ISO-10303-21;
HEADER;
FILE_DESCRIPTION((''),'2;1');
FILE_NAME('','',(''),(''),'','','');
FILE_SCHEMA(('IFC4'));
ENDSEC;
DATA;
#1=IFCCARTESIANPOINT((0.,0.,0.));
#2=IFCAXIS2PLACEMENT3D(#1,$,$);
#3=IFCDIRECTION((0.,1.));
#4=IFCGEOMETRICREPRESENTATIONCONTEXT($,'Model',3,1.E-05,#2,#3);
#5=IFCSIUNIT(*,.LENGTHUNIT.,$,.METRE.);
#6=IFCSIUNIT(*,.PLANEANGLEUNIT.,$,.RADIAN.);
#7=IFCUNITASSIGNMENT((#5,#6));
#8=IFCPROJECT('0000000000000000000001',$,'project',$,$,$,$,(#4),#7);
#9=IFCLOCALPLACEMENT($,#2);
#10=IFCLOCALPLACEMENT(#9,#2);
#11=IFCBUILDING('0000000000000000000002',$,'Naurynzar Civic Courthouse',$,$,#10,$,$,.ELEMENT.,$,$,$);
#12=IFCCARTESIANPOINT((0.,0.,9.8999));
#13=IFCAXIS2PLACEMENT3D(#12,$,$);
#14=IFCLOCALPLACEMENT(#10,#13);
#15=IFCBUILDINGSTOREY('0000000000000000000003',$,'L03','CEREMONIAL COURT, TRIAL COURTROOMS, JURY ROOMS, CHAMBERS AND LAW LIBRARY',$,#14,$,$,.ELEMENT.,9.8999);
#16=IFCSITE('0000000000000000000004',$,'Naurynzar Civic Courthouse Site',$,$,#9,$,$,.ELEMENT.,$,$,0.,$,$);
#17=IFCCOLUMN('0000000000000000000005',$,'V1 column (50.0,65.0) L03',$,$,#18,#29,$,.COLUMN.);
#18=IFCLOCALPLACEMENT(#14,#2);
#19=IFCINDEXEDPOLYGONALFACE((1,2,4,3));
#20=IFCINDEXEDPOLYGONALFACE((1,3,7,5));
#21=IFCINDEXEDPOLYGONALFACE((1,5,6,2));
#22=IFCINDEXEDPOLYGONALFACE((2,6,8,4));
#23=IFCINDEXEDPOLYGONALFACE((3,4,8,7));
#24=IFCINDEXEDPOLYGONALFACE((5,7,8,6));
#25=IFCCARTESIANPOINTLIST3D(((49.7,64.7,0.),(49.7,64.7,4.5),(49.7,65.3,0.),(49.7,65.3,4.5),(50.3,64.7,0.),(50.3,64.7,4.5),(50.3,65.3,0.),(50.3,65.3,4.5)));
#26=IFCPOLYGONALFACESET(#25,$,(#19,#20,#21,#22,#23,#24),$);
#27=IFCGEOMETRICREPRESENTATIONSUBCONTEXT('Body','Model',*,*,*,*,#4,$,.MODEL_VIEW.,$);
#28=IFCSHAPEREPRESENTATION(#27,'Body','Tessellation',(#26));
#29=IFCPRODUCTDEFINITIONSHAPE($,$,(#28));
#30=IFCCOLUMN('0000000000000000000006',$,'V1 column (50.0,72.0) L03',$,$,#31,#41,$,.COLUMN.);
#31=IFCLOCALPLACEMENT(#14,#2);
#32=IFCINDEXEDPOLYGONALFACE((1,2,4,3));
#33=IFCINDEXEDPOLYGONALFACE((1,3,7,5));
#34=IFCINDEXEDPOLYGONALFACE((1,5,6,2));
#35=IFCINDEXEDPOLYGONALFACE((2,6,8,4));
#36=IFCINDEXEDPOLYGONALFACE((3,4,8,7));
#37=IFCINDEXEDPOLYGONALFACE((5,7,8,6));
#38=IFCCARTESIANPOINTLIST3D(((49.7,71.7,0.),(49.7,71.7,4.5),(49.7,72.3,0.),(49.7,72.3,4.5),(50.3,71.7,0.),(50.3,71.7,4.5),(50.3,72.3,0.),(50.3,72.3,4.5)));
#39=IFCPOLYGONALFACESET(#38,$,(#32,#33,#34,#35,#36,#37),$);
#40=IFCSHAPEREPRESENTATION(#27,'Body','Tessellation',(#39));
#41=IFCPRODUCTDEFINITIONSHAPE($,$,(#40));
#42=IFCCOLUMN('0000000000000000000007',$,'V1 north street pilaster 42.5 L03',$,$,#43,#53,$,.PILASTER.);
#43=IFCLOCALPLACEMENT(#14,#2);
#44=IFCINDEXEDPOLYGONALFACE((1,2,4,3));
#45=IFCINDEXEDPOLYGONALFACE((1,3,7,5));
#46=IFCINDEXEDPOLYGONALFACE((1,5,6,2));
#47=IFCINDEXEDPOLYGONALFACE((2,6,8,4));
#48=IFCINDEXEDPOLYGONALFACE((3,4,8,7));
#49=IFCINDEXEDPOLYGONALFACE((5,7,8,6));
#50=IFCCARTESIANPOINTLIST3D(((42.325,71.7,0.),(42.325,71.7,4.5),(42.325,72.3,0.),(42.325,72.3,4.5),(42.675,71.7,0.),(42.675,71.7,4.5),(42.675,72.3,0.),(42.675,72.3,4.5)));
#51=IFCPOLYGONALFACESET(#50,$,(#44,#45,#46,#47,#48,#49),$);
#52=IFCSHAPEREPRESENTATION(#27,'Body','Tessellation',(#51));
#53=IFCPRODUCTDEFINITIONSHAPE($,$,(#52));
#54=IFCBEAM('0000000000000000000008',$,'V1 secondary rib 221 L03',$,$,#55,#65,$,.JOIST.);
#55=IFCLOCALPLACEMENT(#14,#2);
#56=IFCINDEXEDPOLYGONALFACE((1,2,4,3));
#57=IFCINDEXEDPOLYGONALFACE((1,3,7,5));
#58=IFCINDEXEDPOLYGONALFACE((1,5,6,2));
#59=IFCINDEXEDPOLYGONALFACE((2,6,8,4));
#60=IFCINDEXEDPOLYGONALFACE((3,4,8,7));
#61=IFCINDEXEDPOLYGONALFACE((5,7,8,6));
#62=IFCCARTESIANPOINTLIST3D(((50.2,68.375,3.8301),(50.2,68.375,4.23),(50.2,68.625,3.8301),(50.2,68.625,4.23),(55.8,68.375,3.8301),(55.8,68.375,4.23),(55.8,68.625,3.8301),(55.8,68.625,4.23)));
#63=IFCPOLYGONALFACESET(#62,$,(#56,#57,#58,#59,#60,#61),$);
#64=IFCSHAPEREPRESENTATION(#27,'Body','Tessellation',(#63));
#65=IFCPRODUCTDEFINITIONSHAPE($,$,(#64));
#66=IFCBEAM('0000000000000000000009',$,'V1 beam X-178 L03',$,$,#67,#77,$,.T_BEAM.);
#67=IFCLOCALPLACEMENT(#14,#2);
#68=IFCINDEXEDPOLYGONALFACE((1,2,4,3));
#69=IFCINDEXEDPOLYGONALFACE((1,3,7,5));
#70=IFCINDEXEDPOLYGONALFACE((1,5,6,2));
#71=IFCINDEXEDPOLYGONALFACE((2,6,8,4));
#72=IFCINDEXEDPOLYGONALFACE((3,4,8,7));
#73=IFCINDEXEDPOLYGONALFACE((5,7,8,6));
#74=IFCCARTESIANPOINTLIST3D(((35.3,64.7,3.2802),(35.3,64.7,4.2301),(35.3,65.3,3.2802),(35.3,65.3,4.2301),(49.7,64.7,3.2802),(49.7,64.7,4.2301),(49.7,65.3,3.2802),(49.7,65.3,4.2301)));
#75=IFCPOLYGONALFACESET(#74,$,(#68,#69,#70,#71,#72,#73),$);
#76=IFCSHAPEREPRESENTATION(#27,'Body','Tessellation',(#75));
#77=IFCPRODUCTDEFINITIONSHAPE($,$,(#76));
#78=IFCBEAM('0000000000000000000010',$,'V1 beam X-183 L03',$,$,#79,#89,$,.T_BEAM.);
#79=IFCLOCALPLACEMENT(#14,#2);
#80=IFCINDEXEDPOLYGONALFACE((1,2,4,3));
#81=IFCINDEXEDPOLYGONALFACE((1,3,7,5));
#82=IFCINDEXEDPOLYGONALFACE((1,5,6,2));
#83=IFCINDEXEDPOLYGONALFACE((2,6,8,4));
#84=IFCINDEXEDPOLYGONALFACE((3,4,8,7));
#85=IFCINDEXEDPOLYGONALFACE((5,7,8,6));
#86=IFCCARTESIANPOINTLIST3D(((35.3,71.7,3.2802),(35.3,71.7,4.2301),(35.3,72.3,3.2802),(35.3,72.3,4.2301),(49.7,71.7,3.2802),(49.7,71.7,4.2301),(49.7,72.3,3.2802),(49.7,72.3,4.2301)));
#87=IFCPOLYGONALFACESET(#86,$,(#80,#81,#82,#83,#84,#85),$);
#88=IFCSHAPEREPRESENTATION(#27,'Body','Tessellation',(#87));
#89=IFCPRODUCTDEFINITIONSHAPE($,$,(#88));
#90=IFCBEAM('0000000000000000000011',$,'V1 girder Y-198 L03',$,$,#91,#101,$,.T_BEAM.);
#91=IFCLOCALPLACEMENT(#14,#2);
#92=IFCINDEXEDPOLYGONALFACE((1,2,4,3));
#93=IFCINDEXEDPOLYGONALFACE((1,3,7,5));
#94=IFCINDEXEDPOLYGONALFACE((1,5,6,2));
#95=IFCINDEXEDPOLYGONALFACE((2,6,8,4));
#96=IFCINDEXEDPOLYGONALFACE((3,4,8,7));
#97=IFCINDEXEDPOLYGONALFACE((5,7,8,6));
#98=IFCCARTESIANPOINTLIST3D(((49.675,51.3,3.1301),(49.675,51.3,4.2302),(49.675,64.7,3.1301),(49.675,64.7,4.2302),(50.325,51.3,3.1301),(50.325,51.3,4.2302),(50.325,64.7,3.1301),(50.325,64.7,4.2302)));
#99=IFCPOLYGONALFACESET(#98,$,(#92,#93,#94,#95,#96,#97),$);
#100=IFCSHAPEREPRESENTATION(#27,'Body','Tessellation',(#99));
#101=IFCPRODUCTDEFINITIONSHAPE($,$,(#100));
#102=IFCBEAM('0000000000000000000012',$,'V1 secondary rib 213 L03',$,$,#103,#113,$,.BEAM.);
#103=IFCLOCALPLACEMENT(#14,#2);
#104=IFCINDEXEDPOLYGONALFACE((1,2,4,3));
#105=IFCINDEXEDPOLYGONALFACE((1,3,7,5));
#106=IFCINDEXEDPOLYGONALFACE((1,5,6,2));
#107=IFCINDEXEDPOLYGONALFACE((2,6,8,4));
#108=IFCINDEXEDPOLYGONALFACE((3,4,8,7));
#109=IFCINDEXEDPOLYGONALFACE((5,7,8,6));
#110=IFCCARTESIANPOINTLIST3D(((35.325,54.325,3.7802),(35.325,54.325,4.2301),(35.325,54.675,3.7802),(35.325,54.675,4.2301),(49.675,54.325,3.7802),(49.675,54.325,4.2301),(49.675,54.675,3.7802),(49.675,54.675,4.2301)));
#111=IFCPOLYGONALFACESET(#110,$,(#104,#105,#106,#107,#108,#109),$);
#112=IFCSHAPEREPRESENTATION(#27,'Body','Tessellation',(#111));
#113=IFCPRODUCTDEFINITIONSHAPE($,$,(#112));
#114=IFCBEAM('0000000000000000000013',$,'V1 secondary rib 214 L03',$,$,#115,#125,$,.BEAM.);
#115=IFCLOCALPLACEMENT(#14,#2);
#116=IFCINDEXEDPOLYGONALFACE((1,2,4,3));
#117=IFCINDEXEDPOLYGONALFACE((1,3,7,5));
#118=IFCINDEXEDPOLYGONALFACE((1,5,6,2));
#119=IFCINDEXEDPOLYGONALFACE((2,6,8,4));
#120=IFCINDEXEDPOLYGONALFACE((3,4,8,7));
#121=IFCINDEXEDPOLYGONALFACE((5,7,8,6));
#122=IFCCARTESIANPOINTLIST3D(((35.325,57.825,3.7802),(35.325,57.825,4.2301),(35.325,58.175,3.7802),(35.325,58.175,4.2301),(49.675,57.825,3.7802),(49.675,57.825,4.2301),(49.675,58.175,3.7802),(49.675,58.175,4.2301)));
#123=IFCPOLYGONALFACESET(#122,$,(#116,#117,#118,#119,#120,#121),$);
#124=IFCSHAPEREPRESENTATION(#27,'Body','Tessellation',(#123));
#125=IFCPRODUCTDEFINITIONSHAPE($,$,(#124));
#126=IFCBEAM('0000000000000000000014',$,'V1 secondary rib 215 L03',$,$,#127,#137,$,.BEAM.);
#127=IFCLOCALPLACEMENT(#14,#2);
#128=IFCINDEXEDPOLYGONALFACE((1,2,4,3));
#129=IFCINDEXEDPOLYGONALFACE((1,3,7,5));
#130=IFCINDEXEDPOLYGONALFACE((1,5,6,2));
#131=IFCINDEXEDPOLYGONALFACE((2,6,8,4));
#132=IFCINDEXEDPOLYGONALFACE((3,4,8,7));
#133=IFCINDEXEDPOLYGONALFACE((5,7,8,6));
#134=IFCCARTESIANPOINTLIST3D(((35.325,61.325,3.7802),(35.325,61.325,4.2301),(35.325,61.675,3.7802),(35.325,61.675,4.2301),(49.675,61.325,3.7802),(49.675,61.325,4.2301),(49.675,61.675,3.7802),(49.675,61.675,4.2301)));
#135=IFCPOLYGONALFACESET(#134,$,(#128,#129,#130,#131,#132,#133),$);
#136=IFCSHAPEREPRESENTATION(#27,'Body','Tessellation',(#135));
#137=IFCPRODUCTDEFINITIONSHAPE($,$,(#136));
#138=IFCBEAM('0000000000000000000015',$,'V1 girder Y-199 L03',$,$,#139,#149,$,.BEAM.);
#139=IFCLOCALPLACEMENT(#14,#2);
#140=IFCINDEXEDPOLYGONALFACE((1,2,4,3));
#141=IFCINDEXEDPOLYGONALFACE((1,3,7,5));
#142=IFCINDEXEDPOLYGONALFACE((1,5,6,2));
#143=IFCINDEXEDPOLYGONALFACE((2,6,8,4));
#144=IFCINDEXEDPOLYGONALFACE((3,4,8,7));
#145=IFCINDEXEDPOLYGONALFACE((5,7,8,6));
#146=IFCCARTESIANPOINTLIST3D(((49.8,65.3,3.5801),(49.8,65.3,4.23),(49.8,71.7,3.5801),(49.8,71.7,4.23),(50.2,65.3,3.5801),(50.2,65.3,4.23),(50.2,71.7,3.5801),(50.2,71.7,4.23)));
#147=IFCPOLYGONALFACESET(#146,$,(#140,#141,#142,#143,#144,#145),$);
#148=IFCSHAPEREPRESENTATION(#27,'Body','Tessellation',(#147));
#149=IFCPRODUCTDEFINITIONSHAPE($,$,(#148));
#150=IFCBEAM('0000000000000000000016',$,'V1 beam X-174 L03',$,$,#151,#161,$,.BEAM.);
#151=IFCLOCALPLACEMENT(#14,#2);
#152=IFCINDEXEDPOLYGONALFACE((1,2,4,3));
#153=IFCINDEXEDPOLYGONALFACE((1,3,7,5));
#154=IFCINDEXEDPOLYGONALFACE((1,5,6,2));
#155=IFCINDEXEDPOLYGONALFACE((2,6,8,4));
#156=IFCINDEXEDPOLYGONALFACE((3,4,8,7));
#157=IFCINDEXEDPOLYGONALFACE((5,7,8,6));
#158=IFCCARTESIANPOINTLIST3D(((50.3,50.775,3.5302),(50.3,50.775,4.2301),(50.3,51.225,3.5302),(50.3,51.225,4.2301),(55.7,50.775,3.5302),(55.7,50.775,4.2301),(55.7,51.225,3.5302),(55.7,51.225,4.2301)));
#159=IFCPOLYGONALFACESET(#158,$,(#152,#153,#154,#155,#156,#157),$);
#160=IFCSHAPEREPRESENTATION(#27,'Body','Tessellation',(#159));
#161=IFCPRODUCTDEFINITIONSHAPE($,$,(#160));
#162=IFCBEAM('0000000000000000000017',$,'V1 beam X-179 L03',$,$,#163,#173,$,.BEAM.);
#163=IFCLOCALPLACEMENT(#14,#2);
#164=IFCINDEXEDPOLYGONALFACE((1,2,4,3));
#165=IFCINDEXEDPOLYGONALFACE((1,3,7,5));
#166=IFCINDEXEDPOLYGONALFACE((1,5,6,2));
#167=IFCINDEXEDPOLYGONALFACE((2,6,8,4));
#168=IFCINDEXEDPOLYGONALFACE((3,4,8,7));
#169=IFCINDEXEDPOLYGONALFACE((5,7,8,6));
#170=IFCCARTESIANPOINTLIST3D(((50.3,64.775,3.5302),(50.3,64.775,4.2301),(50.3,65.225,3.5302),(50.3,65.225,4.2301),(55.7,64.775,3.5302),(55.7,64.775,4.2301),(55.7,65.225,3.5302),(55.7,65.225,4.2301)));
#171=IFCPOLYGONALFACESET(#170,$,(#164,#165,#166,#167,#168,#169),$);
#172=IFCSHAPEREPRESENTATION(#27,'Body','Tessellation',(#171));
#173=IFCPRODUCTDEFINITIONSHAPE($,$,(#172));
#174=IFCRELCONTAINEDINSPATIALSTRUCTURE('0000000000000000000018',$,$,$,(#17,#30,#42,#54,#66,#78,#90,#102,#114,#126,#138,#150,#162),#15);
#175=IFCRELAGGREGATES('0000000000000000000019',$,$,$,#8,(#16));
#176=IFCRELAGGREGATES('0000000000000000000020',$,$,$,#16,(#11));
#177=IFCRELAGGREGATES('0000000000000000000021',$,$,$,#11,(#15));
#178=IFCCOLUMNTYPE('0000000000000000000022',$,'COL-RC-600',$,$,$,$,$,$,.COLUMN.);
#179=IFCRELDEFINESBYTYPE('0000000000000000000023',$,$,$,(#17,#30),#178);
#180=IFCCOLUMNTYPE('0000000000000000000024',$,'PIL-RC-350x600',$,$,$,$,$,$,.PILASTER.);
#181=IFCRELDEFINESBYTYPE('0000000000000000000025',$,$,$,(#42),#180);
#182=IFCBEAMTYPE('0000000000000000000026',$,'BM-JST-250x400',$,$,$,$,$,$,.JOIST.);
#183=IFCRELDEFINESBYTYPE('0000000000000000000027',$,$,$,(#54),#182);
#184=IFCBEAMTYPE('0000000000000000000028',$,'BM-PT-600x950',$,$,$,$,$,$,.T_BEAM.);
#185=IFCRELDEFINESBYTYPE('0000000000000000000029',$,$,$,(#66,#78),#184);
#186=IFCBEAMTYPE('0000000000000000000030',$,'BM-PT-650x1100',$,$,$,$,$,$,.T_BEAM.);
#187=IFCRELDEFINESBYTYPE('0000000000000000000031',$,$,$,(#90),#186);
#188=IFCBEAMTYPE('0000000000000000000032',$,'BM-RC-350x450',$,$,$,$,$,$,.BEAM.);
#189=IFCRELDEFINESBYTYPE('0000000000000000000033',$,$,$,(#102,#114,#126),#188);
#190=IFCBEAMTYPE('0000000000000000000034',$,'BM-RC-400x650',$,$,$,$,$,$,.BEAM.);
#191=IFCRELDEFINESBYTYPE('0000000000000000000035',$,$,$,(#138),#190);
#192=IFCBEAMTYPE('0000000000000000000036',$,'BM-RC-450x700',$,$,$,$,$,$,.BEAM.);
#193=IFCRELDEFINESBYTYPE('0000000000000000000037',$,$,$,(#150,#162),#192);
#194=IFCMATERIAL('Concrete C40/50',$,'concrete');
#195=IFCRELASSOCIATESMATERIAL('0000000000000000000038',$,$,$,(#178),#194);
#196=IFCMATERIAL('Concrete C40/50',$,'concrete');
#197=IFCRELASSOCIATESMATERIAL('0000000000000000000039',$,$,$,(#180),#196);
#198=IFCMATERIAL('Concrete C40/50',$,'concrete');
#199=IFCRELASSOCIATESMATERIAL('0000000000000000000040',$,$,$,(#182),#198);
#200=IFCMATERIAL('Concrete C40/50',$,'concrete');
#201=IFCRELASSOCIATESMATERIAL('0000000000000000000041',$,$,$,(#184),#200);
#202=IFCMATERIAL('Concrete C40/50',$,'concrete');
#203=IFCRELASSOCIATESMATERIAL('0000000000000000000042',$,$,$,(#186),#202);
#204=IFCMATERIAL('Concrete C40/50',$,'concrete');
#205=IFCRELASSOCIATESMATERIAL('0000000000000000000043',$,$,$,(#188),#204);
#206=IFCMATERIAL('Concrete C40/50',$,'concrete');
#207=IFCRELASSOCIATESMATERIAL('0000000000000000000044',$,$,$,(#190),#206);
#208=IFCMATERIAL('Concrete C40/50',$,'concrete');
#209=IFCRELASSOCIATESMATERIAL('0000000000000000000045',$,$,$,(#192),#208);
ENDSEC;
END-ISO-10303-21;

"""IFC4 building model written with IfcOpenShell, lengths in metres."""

from ifc_helpers import new_model, si_unit, direction, frame, origin, origin_2d, place, context, subcontext, project, spatial, rectangle, extrude, material, material_profile, profile_set, type_object, element, save


model = new_model("IFC4")

# Units and contexts
model_context = context("Model", 3, precision=1e-05, world=origin(), true_north=direction((0.0, 1.0)))
body_context = subcontext(model_context, "Body", "Model", "MODEL_VIEW")
ifc_project = project(units=[si_unit("LENGTHUNIT", "METRE"), si_unit("PLANEANGLEUNIT", "RADIAN")], contexts=[model_context])

# Site, building, storey
site_placement = place(None, origin())
site = spatial("IfcSite", under=ifc_project, at=site_placement, Name="Naurynzar Civic Courthouse Site", CompositionType="ELEMENT", RefElevation=0.0)
building_placement = place(site_placement, origin())
building = spatial("IfcBuilding", under=site, at=building_placement, Name="Naurynzar Civic Courthouse", CompositionType="ELEMENT")
storey_placement = place(building_placement, frame((0.0, 0.0, 9.8999)))
storey = spatial("IfcBuildingStorey", under=building, at=storey_placement, Name="L03", Description="CEREMONIAL COURT, TRIAL COURTROOMS, JURY ROOMS, CHAMBERS AND LAW LIBRARY", CompositionType="ELEMENT", Elevation=9.8999)

# Columns
ifc_material_1 = material(Name="Concrete C40/50", Category="concrete")
ifc_material_profile_1 = material_profile(ifc_material_1, rectangle(XDim=0.6001, YDim=0.6001, at=origin_2d()), Name="RC 600x600")
ifc_profile_set_1 = profile_set([ifc_material_profile_1], Name="Concrete C40/50")
column_type_1 = type_object("IfcColumnType", Name="COL-RC-600", PredefinedType="COLUMN", material=ifc_profile_set_1)
for number, where, z_axis, x_axis, name in (
    (1, (50.0, 65.0, 0.0), (0.0, 0.0, 1.0), (1.0, 0.0, 0.0), "V1 column (50.0,65.0) L03"),
    (2, (50.0, 72.0, 0.0), (0.0, 0.0, 1.0), (1.0, 0.0, 0.0), "V1 column (50.0,72.0) L03"),
):
    element("IfcColumn", number, at=place(storey_placement, frame(where, z_axis=z_axis, x_axis=x_axis)), inside=storey, type_object=column_type_1, Name=name, PredefinedType="COLUMN", context=body_context, shape_type="SweptSolid", body=[
        extrude(rectangle(XDim=0.6001, YDim=0.6001, at=origin_2d()), origin(), (0.0, 0.0, 1.0), 4.5),
    ])
ifc_material_2 = material(Name="Concrete C40/50", Category="concrete")
ifc_material_profile_2 = material_profile(ifc_material_2, rectangle(XDim=0.3501, YDim=0.6001, at=origin_2d()), Name="RC 350x600")
ifc_profile_set_2 = profile_set([ifc_material_profile_2], Name="Concrete C40/50")
column_type_2 = type_object("IfcColumnType", Name="PIL-RC-350x600", PredefinedType="PILASTER", material=ifc_profile_set_2)
column_placement = place(storey_placement, frame((42.5, 72.0, 0.0), z_axis=(0.0, 0.0, 1.0), x_axis=(1.0, 0.0, 0.0)))
element("IfcColumn", 3, at=column_placement, inside=storey, type_object=column_type_2, Name="V1 north street pilaster 42.5 L03", PredefinedType="PILASTER", context=body_context, shape_type="SweptSolid", body=[
    extrude(rectangle(XDim=0.3501, YDim=0.6001, at=origin_2d()), origin(), (0.0, 0.0, 1.0), 4.5),
])

# Beams
ifc_material_3 = material(Name="Concrete C40/50", Category="concrete")
ifc_material_profile_3 = material_profile(ifc_material_3, rectangle(XDim=0.25, YDim=0.3999, at=origin_2d()), Name="RCB 250x400")
ifc_profile_set_3 = profile_set([ifc_material_profile_3], Name="Concrete C40/50")
beam_type_1 = type_object("IfcBeamType", Name="BM-JST-250x400", PredefinedType="JOIST", material=ifc_profile_set_3)
beam_1_placement = place(storey_placement, frame((50.2, 68.5, 4.03), z_axis=(1.0, 0.0, 0.0), x_axis=(0.0, 1.0, 0.0)))
element("IfcBeam", 4, at=beam_1_placement, inside=storey, type_object=beam_type_1, Name="V1 secondary rib 221 L03", PredefinedType="JOIST", context=body_context, shape_type="SweptSolid", body=[
    extrude(rectangle(XDim=0.25, YDim=0.3999, at=origin_2d()), origin(), (0.0, 0.0, 1.0), 5.6001),
])
ifc_material_4 = material(Name="Concrete C40/50", Category="concrete")
ifc_material_profile_4 = material_profile(ifc_material_4, rectangle(XDim=0.6001, YDim=0.95, at=origin_2d()), Name="PTB 600x950")
ifc_profile_set_4 = profile_set([ifc_material_profile_4], Name="Concrete C40/50")
beam_type_2 = type_object("IfcBeamType", Name="BM-PT-600x950", PredefinedType="T_BEAM", material=ifc_profile_set_4)
for number, where, z_axis, x_axis, name in (
    (5, (35.3, 65.0, 3.7551), (1.0, 0.0, 0.0), (0.0, 1.0, 0.0), "V1 beam X-178 L03"),
    (6, (35.3, 72.0, 3.7551), (1.0, 0.0, 0.0), (0.0, 1.0, 0.0), "V1 beam X-183 L03"),
):
    element("IfcBeam", number, at=place(storey_placement, frame(where, z_axis=z_axis, x_axis=x_axis)), inside=storey, type_object=beam_type_2, Name=name, PredefinedType="T_BEAM", context=body_context, shape_type="SweptSolid", body=[
        extrude(rectangle(XDim=0.6001, YDim=0.95, at=origin_2d()), origin(), (0.0, 0.0, 1.0), 14.3999),
    ])
ifc_material_5 = material(Name="Concrete C40/50", Category="concrete")
ifc_material_profile_5 = material_profile(ifc_material_5, rectangle(XDim=0.6499, YDim=1.1001, at=origin_2d()), Name="PTB 650x1100")
ifc_profile_set_5 = profile_set([ifc_material_profile_5], Name="Concrete C40/50")
beam_type_3 = type_object("IfcBeamType", Name="BM-PT-650x1100", PredefinedType="T_BEAM", material=ifc_profile_set_5)
beam_2_placement = place(storey_placement, frame((50.0, 51.3, 3.6802), z_axis=(0.0, 1.0, 0.0), x_axis=(-1.0, 0.0, 0.0)))
element("IfcBeam", 7, at=beam_2_placement, inside=storey, type_object=beam_type_3, Name="V1 girder Y-198 L03", PredefinedType="T_BEAM", context=body_context, shape_type="SweptSolid", body=[
    extrude(rectangle(XDim=0.6499, YDim=1.1001, at=origin_2d()), origin(), (0.0, 0.0, 1.0), 13.3999),
])
ifc_material_6 = material(Name="Concrete C40/50", Category="concrete")
ifc_material_profile_6 = material_profile(ifc_material_6, rectangle(XDim=0.3501, YDim=0.45, at=origin_2d()), Name="RCB 350x450")
ifc_profile_set_6 = profile_set([ifc_material_profile_6], Name="Concrete C40/50")
beam_type_4 = type_object("IfcBeamType", Name="BM-RC-350x450", PredefinedType="BEAM", material=ifc_profile_set_6)
for number, where, z_axis, x_axis, name in (
    (8, (35.325, 54.5, 4.0051), (1.0, 0.0, 0.0), (0.0, 1.0, 0.0), "V1 secondary rib 213 L03"),
    (9, (35.325, 58.0, 4.0051), (1.0, 0.0, 0.0), (0.0, 1.0, 0.0), "V1 secondary rib 214 L03"),
    (10, (35.325, 61.5, 4.0051), (1.0, 0.0, 0.0), (0.0, 1.0, 0.0), "V1 secondary rib 215 L03"),
):
    element("IfcBeam", number, at=place(storey_placement, frame(where, z_axis=z_axis, x_axis=x_axis)), inside=storey, type_object=beam_type_4, Name=name, PredefinedType="BEAM", context=body_context, shape_type="SweptSolid", body=[
        extrude(rectangle(XDim=0.3501, YDim=0.45, at=origin_2d()), origin(), (0.0, 0.0, 1.0), 14.3501),
    ])
ifc_material_7 = material(Name="Concrete C40/50", Category="concrete")
ifc_material_profile_7 = material_profile(ifc_material_7, rectangle(XDim=0.3999, YDim=0.6499, at=origin_2d()), Name="RCB 400x650")
ifc_profile_set_7 = profile_set([ifc_material_profile_7], Name="Concrete C40/50")
beam_type_5 = type_object("IfcBeamType", Name="BM-RC-400x650", PredefinedType="BEAM", material=ifc_profile_set_7)
beam_3_placement = place(storey_placement, frame((50.0, 65.3, 3.905), z_axis=(0.0, 1.0, 0.0), x_axis=(-1.0, 0.0, 0.0)))
element("IfcBeam", 11, at=beam_3_placement, inside=storey, type_object=beam_type_5, Name="V1 girder Y-199 L03", PredefinedType="BEAM", context=body_context, shape_type="SweptSolid", body=[
    extrude(rectangle(XDim=0.3999, YDim=0.6499, at=origin_2d()), origin(), (0.0, 0.0, 1.0), 6.3999),
])
ifc_material_8 = material(Name="Concrete C40/50", Category="concrete")
ifc_material_profile_8 = material_profile(ifc_material_8, rectangle(XDim=0.45, YDim=0.7, at=origin_2d()), Name="RCB 450x700")
ifc_profile_set_8 = profile_set([ifc_material_profile_8], Name="Concrete C40/50")
beam_type_6 = type_object("IfcBeamType", Name="BM-RC-450x700", PredefinedType="BEAM", material=ifc_profile_set_8)
for number, where, z_axis, x_axis, name in (
    (12, (50.3, 51.0, 3.8801), (1.0, 0.0, 0.0), (0.0, 1.0, 0.0), "V1 beam X-174 L03"),
    (13, (50.3, 65.0, 3.8801), (1.0, 0.0, 0.0), (0.0, 1.0, 0.0), "V1 beam X-179 L03"),
):
    element("IfcBeam", number, at=place(storey_placement, frame(where, z_axis=z_axis, x_axis=x_axis)), inside=storey, type_object=beam_type_6, Name=name, PredefinedType="BEAM", context=body_context, shape_type="SweptSolid", body=[
        extrude(rectangle(XDim=0.45, YDim=0.7, at=origin_2d()), origin(), (0.0, 0.0, 1.0), 5.3999),
    ])

save(model, "model.ifc")
